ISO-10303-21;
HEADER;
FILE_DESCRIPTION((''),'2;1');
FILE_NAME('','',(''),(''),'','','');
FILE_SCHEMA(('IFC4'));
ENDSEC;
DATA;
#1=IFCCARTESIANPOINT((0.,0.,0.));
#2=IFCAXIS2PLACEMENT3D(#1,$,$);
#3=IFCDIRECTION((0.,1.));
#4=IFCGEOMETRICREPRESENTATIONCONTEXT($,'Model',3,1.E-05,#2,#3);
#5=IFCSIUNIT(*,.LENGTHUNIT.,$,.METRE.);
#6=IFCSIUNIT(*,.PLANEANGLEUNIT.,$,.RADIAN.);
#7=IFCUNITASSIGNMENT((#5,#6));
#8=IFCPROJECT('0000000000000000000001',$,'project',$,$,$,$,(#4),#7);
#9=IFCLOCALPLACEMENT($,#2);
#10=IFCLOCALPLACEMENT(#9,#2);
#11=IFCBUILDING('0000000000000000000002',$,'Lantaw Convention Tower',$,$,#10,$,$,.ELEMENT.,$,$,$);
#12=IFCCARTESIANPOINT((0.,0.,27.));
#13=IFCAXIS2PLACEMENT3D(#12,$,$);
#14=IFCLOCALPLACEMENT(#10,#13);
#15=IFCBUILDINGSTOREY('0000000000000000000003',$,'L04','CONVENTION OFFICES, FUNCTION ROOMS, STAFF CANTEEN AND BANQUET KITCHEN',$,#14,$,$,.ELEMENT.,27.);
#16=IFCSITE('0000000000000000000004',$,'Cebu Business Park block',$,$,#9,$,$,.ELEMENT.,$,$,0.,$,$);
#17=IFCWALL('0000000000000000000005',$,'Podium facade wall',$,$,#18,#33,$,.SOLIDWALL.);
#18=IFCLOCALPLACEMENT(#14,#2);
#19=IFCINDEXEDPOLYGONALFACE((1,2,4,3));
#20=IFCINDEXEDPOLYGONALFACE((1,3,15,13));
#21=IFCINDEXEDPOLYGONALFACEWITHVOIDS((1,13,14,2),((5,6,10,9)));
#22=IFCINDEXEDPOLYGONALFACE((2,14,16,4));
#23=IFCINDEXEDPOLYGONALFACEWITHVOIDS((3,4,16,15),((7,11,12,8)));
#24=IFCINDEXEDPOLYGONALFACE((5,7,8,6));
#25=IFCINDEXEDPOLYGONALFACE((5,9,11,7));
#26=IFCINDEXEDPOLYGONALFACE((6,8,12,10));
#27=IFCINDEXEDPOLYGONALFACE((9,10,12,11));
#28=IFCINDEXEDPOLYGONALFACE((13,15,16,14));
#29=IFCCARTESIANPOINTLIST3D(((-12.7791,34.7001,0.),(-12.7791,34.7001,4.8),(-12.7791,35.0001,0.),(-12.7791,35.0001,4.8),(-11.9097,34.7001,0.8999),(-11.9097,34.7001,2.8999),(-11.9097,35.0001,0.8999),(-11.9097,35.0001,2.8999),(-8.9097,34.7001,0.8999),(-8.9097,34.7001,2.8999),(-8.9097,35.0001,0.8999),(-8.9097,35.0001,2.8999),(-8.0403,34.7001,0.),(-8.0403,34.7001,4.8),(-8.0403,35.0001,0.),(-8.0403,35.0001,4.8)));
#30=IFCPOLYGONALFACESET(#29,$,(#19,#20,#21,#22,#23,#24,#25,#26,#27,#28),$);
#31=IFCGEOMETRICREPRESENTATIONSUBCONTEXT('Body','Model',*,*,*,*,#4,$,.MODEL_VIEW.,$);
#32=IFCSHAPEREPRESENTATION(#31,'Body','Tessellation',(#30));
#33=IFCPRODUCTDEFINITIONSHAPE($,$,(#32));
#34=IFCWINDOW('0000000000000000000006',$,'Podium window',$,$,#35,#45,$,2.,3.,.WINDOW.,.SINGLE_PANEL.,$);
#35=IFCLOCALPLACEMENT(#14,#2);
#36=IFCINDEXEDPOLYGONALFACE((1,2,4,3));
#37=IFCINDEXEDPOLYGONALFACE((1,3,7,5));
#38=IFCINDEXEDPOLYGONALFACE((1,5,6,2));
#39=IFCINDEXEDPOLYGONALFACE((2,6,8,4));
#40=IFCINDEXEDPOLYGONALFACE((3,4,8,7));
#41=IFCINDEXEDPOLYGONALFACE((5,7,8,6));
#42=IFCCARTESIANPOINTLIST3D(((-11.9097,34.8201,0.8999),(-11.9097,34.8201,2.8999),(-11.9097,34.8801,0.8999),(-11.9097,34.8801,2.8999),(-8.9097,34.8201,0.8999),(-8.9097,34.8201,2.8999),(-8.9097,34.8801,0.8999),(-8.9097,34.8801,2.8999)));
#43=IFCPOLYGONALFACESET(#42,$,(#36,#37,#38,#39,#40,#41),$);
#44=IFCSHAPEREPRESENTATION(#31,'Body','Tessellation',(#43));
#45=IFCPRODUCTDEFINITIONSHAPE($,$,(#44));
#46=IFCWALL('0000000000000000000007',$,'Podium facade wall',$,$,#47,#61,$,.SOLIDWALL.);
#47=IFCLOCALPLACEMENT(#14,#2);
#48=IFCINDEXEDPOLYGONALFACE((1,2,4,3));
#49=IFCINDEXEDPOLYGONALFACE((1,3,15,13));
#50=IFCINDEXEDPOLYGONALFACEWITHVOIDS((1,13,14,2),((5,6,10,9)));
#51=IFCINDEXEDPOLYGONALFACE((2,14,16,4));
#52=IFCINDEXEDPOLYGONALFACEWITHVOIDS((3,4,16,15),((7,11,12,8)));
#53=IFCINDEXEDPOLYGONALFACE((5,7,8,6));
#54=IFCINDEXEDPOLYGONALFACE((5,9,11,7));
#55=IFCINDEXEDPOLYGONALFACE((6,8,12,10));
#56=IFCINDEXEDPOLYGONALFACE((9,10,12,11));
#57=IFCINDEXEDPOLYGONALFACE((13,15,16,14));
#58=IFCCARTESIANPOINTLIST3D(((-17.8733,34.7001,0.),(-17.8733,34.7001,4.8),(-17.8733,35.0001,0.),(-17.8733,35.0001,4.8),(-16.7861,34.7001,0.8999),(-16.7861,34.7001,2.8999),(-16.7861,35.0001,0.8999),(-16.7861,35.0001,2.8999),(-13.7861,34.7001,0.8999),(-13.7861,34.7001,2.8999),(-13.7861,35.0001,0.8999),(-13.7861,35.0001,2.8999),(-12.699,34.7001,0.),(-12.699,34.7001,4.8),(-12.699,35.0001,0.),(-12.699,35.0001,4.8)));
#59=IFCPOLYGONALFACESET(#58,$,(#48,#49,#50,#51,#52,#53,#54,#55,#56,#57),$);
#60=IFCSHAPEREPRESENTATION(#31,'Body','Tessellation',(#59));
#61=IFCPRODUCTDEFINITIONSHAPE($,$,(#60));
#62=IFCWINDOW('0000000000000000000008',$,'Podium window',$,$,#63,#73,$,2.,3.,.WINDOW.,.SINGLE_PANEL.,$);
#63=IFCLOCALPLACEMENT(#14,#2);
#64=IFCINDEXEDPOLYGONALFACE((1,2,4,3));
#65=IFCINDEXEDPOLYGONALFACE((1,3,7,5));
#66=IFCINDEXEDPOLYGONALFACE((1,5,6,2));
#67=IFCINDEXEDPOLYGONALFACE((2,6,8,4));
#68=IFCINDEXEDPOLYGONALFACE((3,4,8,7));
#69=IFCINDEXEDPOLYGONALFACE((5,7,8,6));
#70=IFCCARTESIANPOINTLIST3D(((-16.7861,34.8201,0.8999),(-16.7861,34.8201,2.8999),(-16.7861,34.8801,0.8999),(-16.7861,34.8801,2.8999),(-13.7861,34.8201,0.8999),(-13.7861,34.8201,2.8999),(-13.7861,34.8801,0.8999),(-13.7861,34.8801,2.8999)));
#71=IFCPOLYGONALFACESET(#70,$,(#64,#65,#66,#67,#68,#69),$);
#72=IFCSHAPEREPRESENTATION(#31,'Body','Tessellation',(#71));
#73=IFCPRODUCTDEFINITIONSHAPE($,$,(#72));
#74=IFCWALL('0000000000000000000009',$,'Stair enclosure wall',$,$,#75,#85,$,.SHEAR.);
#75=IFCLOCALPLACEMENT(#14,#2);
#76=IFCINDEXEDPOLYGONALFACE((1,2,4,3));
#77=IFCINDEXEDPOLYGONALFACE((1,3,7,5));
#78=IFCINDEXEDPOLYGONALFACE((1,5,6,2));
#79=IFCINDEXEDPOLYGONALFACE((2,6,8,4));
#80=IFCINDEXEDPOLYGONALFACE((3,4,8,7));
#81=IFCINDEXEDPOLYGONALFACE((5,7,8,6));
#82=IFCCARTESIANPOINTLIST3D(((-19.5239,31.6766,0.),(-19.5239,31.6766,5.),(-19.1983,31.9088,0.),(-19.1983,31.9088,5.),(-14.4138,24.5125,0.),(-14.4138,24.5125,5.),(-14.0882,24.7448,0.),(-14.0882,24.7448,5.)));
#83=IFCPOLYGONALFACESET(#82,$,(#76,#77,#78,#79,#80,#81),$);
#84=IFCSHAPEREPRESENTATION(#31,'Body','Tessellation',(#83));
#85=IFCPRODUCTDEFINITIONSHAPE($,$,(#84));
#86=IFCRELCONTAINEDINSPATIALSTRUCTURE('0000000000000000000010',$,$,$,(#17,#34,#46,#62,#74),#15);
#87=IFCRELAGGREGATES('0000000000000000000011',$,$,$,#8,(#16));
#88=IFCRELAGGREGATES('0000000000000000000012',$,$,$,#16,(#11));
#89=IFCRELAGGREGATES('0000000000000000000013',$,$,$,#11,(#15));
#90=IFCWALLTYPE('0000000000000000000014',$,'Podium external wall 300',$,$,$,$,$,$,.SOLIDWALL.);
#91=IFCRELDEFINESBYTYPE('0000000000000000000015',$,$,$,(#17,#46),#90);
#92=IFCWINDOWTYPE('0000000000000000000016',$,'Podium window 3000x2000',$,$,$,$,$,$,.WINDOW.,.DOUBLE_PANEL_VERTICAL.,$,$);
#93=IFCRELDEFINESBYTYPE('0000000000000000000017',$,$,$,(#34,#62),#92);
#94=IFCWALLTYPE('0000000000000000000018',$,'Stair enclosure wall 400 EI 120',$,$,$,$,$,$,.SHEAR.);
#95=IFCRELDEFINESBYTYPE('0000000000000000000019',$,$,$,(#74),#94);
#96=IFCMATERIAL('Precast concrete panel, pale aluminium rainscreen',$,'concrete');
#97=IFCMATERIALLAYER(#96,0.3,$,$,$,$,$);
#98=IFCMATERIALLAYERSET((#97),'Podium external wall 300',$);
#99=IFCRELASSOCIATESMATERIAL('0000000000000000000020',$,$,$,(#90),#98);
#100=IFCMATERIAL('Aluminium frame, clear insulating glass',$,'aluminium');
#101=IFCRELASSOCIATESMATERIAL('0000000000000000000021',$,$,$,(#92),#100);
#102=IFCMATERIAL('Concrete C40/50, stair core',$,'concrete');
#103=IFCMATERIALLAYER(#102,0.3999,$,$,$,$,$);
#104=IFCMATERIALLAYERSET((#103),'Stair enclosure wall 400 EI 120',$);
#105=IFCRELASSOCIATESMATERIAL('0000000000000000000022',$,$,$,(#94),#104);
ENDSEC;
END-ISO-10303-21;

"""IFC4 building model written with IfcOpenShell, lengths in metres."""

from ifc_helpers import new_model, si_unit, direction, frame, frame_2d, origin, place, context, subcontext, project, spatial, rectangle, extrude, material, layer, layer_set, type_object, element, fill, save


model = new_model("IFC4")

# Units and contexts
model_context = context("Model", 3, precision=1e-05, world=origin(), true_north=direction((0.0, 1.0)))
body_context = subcontext(model_context, "Body", "Model", "MODEL_VIEW")
ifc_project = project(units=[si_unit("LENGTHUNIT", "METRE"), si_unit("PLANEANGLEUNIT", "RADIAN")], contexts=[model_context])

# Site, building, storey
site_placement = place(None, origin())
site = spatial("IfcSite", under=ifc_project, at=site_placement, Name="Cebu Business Park block", CompositionType="ELEMENT", RefElevation=0.0)
building_placement = place(site_placement, origin())
building = spatial("IfcBuilding", under=site, at=building_placement, Name="Lantaw Convention Tower", CompositionType="ELEMENT")
storey_placement = place(building_placement, frame((0.0, 0.0, 27.0)))
storey = spatial("IfcBuildingStorey", under=building, at=storey_placement, Name="L04", Description="CONVENTION OFFICES, FUNCTION ROOMS, STAFF CANTEEN AND BANQUET KITCHEN", CompositionType="ELEMENT", Elevation=27.0)

# Shared definitions
ifc_material_1 = material(Name="Precast concrete panel, pale aluminium rainscreen", Category="concrete")
ifc_layer_1 = layer(ifc_material_1, 0.3)
ifc_layer_set_1 = layer_set([ifc_layer_1], Name="Podium external wall 300")
wall_type_1 = type_object("IfcWallType", Name="Podium external wall 300", PredefinedType="SOLIDWALL", material=ifc_layer_set_1)

# Walls, openings, windows
wall_1_placement = place(storey_placement, frame((-8.0403, 34.8501, 0.0), z_axis=(0.0, 0.0, 1.0), x_axis=(-1.0, 0.0, 0.0)))
wall_1 = element("IfcWall", 1, at=wall_1_placement, inside=storey, type_object=wall_type_1, Name="Podium facade wall", PredefinedType="SOLIDWALL", context=body_context, shape_type="SweptSolid", body=[
    extrude(rectangle(XDim=4.7388, YDim=0.3, at=frame_2d((2.3694, 0.0))), origin(), (0.0, 0.0, 1.0), 4.8),
])
opening_1_placement = place(wall_1_placement, frame((0.8694, 0.0, 0.8999)))
opening_1 = element("IfcOpeningElement", 2, at=opening_1_placement, cuts=wall_1, PredefinedType="OPENING", context=body_context, shape_type="SweptSolid", body=[
    extrude(rectangle(XDim=3.0, YDim=2.0, at=frame_2d((1.5, 1.0))), frame((0.0, 0.1599, 0.0), z_axis=(0.0, -1.0, 0.0), x_axis=(1.0, 0.0, 0.0)), (0.0, 0.0, 1.0), 0.3201),
])
ifc_material_2 = material(Name="Aluminium frame, clear insulating glass", Category="aluminium")
window_type = type_object("IfcWindowType", Name="Podium window 3000x2000", PartitioningType="DOUBLE_PANEL_VERTICAL", PredefinedType="WINDOW", material=ifc_material_2)
window_1_placement = place(opening_1_placement, origin())
window_1 = element("IfcWindow", 3, at=window_1_placement, inside=storey, type_object=window_type, Name="Podium window", OverallHeight=2.0, OverallWidth=3.0, PartitioningType="SINGLE_PANEL", PredefinedType="WINDOW", context=body_context, shape_type="SweptSolid", body=[
    extrude(rectangle(XDim=3.0, YDim=2.0, at=frame_2d((1.5, 1.0))), frame((0.0, 0.03, 0.0), z_axis=(0.0, -1.0, 0.0), x_axis=(1.0, 0.0, 0.0)), (0.0, 0.0, 1.0), 0.0601),
])
fill(opening_1, window_1)
wall_2_placement = place(storey_placement, frame((-12.699, 34.8501, 0.0), z_axis=(0.0, 0.0, 1.0), x_axis=(-1.0, 0.0, 0.0)))
wall_2 = element("IfcWall", 4, at=wall_2_placement, inside=storey, type_object=wall_type_1, Name="Podium facade wall", PredefinedType="SOLIDWALL", context=body_context, shape_type="SweptSolid", body=[
    extrude(rectangle(XDim=5.1743, YDim=0.3, at=frame_2d((2.5872, 0.0))), origin(), (0.0, 0.0, 1.0), 4.8),
])
opening_2_placement = place(wall_2_placement, frame((1.0872, 0.0, 0.8999)))
opening_2 = element("IfcOpeningElement", 5, at=opening_2_placement, cuts=wall_2, PredefinedType="OPENING", context=body_context, shape_type="SweptSolid", body=[
    extrude(rectangle(XDim=3.0, YDim=2.0, at=frame_2d((1.5, 1.0))), frame((0.0, 0.1599, 0.0), z_axis=(0.0, -1.0, 0.0), x_axis=(1.0, 0.0, 0.0)), (0.0, 0.0, 1.0), 0.3201),
])
window_2_placement = place(opening_2_placement, origin())
window_2 = element("IfcWindow", 6, at=window_2_placement, inside=storey, type_object=window_type, Name="Podium window", OverallHeight=2.0, OverallWidth=3.0, PartitioningType="SINGLE_PANEL", PredefinedType="WINDOW", context=body_context, shape_type="SweptSolid", body=[
    extrude(rectangle(XDim=3.0, YDim=2.0, at=frame_2d((1.5, 1.0))), frame((0.0, 0.03, 0.0), z_axis=(0.0, -1.0, 0.0), x_axis=(1.0, 0.0, 0.0)), (0.0, 0.0, 1.0), 0.0601),
])
fill(opening_2, window_2)

# Wall
ifc_material_3 = material(Name="Concrete C40/50, stair core", Category="concrete")
ifc_layer_2 = layer(ifc_material_3, 0.3999)
ifc_layer_set_2 = layer_set([ifc_layer_2], Name="Stair enclosure wall 400 EI 120")
wall_type_2 = type_object("IfcWallType", Name="Stair enclosure wall 400 EI 120", PredefinedType="SHEAR", material=ifc_layer_set_2)
wall_3_placement = place(storey_placement, frame((-14.251, 24.6287, 0.0), z_axis=(0.0, 0.0, 1.0), x_axis=(-0.580705, 0.814114, 0.0)))
element("IfcWall", 7, at=wall_3_placement, inside=storey, type_object=wall_type_2, Name="Stair enclosure wall", PredefinedType="SHEAR", context=body_context, shape_type="SweptSolid", body=[
    extrude(rectangle(XDim=8.7998, YDim=0.3999, at=frame_2d((4.3999, 0.0))), origin(), (0.0, 0.0, 1.0), 5.0),
])

save(model, "model.ifc")
